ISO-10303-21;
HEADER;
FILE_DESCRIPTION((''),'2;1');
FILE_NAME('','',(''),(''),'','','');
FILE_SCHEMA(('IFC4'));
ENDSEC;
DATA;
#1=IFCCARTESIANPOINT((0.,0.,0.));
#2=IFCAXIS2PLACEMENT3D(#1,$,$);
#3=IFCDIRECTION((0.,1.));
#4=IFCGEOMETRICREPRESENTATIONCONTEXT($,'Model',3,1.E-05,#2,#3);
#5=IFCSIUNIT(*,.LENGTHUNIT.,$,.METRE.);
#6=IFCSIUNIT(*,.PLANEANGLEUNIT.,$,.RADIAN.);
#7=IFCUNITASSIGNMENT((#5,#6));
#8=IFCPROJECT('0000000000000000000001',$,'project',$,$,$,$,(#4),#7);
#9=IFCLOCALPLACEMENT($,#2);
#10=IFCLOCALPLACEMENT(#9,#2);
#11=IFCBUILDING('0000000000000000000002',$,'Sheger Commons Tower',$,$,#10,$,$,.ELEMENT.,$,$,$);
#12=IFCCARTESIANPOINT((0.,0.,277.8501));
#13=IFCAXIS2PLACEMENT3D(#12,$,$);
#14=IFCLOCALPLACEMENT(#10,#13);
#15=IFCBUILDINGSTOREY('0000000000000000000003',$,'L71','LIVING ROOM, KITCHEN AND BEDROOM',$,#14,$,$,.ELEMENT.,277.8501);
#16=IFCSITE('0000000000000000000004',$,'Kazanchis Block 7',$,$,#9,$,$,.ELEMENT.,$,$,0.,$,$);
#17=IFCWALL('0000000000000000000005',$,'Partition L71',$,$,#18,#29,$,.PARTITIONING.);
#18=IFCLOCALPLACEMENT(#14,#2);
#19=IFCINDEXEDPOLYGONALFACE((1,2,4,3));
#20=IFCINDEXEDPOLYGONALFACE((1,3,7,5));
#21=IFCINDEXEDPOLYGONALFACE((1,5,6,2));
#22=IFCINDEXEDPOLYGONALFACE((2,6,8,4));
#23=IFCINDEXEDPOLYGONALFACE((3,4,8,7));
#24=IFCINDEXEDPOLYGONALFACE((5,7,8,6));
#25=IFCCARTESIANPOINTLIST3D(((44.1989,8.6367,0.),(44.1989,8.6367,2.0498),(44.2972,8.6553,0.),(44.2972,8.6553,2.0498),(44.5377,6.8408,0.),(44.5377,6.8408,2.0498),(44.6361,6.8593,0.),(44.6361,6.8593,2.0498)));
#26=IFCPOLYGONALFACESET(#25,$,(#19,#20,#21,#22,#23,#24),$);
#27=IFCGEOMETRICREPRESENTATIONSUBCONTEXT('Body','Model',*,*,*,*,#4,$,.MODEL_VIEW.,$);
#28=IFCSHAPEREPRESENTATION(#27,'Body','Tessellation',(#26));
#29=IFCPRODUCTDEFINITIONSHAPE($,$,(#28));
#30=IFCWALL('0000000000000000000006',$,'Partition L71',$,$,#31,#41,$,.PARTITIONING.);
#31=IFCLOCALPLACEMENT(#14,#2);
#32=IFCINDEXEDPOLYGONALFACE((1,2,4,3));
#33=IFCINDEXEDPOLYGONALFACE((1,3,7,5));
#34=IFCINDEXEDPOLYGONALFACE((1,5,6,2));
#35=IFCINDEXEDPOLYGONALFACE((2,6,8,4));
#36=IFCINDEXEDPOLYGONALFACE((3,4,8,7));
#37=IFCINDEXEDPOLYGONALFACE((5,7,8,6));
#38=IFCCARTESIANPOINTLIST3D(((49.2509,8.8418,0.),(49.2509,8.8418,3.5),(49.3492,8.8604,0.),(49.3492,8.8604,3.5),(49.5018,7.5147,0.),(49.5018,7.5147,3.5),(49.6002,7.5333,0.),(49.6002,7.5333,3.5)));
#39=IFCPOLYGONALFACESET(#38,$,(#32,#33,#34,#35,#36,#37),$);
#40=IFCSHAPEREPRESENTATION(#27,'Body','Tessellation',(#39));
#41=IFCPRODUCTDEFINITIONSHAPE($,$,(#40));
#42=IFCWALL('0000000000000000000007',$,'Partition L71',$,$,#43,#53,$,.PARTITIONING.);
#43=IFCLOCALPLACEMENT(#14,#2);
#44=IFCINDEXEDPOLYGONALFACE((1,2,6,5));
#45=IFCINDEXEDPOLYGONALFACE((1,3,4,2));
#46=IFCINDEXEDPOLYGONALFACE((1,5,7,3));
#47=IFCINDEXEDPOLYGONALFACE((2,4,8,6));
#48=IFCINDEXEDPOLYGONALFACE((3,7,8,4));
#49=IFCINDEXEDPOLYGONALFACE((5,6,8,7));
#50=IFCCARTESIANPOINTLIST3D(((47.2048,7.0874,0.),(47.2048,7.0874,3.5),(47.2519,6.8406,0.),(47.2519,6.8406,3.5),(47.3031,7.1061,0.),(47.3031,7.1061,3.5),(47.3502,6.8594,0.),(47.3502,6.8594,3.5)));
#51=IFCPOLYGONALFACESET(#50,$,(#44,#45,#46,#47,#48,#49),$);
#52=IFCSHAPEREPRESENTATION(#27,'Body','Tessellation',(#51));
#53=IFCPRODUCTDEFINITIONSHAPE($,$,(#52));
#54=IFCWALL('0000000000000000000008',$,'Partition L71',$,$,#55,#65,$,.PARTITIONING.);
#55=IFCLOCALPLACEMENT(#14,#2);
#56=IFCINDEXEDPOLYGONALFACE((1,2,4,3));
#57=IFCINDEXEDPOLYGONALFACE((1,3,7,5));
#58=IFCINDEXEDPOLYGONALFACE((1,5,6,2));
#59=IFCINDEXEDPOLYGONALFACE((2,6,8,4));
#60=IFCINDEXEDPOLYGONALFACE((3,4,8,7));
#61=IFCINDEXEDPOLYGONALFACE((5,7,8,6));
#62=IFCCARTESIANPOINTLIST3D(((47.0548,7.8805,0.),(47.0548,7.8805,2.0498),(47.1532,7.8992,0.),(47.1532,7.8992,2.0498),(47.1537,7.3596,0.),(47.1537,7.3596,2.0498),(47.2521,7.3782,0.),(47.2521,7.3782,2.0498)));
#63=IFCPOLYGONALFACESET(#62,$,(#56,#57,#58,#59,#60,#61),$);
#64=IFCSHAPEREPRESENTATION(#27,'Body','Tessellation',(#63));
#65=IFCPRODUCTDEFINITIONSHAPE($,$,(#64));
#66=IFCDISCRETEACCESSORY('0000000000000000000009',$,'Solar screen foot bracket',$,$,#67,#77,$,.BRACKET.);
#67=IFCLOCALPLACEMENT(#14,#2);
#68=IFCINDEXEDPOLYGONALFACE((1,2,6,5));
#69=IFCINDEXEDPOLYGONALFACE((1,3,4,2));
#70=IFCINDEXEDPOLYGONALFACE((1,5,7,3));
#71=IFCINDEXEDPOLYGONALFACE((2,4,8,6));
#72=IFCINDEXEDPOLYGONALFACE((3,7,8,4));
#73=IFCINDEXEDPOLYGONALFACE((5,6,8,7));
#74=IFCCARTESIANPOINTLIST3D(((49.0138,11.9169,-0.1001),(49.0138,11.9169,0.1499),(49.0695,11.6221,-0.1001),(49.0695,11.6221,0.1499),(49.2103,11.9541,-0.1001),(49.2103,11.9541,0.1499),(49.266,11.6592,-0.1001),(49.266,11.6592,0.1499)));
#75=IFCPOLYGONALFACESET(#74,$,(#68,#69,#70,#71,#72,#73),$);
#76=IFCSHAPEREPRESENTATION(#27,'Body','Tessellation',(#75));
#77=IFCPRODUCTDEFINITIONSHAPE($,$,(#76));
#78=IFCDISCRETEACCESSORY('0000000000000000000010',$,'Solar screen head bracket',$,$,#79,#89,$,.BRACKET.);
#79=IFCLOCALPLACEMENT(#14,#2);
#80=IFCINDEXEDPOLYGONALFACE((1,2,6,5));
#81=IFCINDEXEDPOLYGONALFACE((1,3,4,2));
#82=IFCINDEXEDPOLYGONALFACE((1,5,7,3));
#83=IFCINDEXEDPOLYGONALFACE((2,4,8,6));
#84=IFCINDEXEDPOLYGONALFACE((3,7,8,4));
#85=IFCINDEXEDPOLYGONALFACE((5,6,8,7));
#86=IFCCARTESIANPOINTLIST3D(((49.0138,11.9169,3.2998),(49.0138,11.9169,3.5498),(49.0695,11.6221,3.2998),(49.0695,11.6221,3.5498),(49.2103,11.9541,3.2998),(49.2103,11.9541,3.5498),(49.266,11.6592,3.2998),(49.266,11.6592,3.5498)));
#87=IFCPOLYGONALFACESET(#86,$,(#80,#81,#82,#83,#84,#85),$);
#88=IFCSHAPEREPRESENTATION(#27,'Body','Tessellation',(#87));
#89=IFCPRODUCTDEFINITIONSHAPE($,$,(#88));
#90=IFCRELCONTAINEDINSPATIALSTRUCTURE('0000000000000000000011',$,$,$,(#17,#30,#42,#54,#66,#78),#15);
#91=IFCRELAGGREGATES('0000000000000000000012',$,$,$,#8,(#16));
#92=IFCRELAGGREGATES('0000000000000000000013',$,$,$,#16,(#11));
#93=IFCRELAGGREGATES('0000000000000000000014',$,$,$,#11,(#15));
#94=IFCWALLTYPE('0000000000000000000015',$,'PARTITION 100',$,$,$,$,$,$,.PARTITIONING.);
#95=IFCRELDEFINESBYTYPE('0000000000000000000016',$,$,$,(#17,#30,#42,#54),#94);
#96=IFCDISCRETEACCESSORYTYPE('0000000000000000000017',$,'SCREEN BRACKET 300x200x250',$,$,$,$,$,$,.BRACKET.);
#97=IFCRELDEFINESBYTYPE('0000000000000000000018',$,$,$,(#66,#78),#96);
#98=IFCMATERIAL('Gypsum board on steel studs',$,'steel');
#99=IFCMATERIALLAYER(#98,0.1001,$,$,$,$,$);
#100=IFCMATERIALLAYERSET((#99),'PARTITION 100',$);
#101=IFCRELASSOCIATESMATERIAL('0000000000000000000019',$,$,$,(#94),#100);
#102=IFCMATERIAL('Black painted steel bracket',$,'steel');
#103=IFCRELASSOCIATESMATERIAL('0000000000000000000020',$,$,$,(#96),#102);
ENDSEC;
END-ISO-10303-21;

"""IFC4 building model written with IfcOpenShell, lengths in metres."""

from ifc_helpers import new_model, si_unit, direction, frame, frame_2d, origin, origin_2d, place, context, subcontext, project, spatial, rectangle, extrude, material, layer, layer_set, type_object, element, save


model = new_model("IFC4")

# Units and contexts
model_context = context("Model", 3, precision=1e-05, world=origin(), true_north=direction((0.0, 1.0)))
body_context = subcontext(model_context, "Body", "Model", "MODEL_VIEW")
ifc_project = project(units=[si_unit("LENGTHUNIT", "METRE"), si_unit("PLANEANGLEUNIT", "RADIAN")], contexts=[model_context])

# Site, building, storey
site_placement = place(None, origin())
site = spatial("IfcSite", under=ifc_project, at=site_placement, Name="Kazanchis Block 7", CompositionType="ELEMENT", RefElevation=0.0)
building_placement = place(site_placement, origin())
building = spatial("IfcBuilding", under=site, at=building_placement, Name="Sheger Commons Tower", CompositionType="ELEMENT")
storey_placement = place(building_placement, frame((0.0, 0.0, 277.8501)))
storey = spatial("IfcBuildingStorey", under=building, at=storey_placement, Name="L71", Description="LIVING ROOM, KITCHEN AND BEDROOM", CompositionType="ELEMENT", Elevation=277.8501)

# Walls
ifc_material_1 = material(Name="Gypsum board on steel studs", Category="steel")
ifc_layer_1 = layer(ifc_material_1, 0.1001)
ifc_layer_set_1 = layer_set([ifc_layer_1], Name="PARTITION 100")
wall_type_1 = type_object("IfcWallType", Name="PARTITION 100", PredefinedType="PARTITIONING", material=ifc_layer_set_1)
wall_1_placement = place(storey_placement, frame((44.248, 8.646, 0.0), z_axis=(0.0, 0.0, 1.0), x_axis=(0.185418, -0.98266, 0.0)))
element("IfcWall", 1, at=wall_1_placement, inside=storey, type_object=wall_type_1, Name="Partition L71", PredefinedType="PARTITIONING", context=body_context, shape_type="SweptSolid", body=[
    extrude(rectangle(XDim=1.8276, YDim=0.1001, at=frame_2d((0.9138, 0.0))), origin(), (0.0, 0.0, 1.0), 2.0498),
])
wall_2_placement = place(storey_placement, frame((49.3, 8.8511, 0.0), z_axis=(0.0, 0.0, 1.0), x_axis=(0.185816, -0.982585, 0.0)))
element("IfcWall", 2, at=wall_2_placement, inside=storey, type_object=wall_type_1, Name="Partition L71", PredefinedType="PARTITIONING", context=body_context, shape_type="SweptSolid", body=[
    extrude(rectangle(XDim=1.3506, YDim=0.1001, at=frame_2d((0.6753, 0.0))), origin(), (0.0, 0.0, 1.0), 3.5),
])
wall_3_placement = place(storey_placement, frame((47.301, 6.8501, 0.0), z_axis=(0.0, 0.0, 1.0), x_axis=(-0.187514, 0.982262, 0.0)))
element("IfcWall", 3, at=wall_3_placement, inside=storey, type_object=wall_type_1, Name="Partition L71", PredefinedType="PARTITIONING", context=body_context, shape_type="SweptSolid", body=[
    extrude(rectangle(XDim=0.2512, YDim=0.1001, at=frame_2d((0.1255, 0.0))), origin(), (0.0, 0.0, 1.0), 3.5),
])
wall_4_placement = place(storey_placement, frame((47.2029, 7.3689, 0.0), z_axis=(0.0, 0.0, 1.0), x_axis=(-0.186456, 0.982463, 0.0)))
element("IfcWall", 4, at=wall_4_placement, inside=storey, type_object=wall_type_1, Name="Partition L71", PredefinedType="PARTITIONING", context=body_context, shape_type="SweptSolid", body=[
    extrude(rectangle(XDim=0.5303, YDim=0.1001, at=frame_2d((0.2651, 0.0))), origin(), (0.0, 0.0, 1.0), 2.0498),
])

# Discrete accessories
ifc_material_2 = material(Name="Black painted steel bracket", Category="steel")
discrete_accessory_type = type_object("IfcDiscreteAccessoryType", Name="SCREEN BRACKET 300x200x250", PredefinedType="BRACKET", material=ifc_material_2)
for number, where, z_axis, x_axis, name in (
    (5, (49.1399, 11.7881, -0.1001), (0.0, 0.0, 1.0), (-0.185615, 0.982623, 0.0), "Solar screen foot bracket"),
    (6, (49.1399, 11.7881, 3.2998), (0.0, 0.0, 1.0), (-0.185615, 0.982623, 0.0), "Solar screen head bracket"),
):
    element("IfcDiscreteAccessory", number, at=place(storey_placement, frame(where, z_axis=z_axis, x_axis=x_axis)), inside=storey, type_object=discrete_accessory_type, Name=name, PredefinedType="BRACKET", context=body_context, shape_type="SweptSolid", body=[
        extrude(rectangle(XDim=0.3, YDim=0.2, at=origin_2d()), origin(), (0.0, 0.0, 1.0), 0.25),
    ])

save(model, "model.ifc")
